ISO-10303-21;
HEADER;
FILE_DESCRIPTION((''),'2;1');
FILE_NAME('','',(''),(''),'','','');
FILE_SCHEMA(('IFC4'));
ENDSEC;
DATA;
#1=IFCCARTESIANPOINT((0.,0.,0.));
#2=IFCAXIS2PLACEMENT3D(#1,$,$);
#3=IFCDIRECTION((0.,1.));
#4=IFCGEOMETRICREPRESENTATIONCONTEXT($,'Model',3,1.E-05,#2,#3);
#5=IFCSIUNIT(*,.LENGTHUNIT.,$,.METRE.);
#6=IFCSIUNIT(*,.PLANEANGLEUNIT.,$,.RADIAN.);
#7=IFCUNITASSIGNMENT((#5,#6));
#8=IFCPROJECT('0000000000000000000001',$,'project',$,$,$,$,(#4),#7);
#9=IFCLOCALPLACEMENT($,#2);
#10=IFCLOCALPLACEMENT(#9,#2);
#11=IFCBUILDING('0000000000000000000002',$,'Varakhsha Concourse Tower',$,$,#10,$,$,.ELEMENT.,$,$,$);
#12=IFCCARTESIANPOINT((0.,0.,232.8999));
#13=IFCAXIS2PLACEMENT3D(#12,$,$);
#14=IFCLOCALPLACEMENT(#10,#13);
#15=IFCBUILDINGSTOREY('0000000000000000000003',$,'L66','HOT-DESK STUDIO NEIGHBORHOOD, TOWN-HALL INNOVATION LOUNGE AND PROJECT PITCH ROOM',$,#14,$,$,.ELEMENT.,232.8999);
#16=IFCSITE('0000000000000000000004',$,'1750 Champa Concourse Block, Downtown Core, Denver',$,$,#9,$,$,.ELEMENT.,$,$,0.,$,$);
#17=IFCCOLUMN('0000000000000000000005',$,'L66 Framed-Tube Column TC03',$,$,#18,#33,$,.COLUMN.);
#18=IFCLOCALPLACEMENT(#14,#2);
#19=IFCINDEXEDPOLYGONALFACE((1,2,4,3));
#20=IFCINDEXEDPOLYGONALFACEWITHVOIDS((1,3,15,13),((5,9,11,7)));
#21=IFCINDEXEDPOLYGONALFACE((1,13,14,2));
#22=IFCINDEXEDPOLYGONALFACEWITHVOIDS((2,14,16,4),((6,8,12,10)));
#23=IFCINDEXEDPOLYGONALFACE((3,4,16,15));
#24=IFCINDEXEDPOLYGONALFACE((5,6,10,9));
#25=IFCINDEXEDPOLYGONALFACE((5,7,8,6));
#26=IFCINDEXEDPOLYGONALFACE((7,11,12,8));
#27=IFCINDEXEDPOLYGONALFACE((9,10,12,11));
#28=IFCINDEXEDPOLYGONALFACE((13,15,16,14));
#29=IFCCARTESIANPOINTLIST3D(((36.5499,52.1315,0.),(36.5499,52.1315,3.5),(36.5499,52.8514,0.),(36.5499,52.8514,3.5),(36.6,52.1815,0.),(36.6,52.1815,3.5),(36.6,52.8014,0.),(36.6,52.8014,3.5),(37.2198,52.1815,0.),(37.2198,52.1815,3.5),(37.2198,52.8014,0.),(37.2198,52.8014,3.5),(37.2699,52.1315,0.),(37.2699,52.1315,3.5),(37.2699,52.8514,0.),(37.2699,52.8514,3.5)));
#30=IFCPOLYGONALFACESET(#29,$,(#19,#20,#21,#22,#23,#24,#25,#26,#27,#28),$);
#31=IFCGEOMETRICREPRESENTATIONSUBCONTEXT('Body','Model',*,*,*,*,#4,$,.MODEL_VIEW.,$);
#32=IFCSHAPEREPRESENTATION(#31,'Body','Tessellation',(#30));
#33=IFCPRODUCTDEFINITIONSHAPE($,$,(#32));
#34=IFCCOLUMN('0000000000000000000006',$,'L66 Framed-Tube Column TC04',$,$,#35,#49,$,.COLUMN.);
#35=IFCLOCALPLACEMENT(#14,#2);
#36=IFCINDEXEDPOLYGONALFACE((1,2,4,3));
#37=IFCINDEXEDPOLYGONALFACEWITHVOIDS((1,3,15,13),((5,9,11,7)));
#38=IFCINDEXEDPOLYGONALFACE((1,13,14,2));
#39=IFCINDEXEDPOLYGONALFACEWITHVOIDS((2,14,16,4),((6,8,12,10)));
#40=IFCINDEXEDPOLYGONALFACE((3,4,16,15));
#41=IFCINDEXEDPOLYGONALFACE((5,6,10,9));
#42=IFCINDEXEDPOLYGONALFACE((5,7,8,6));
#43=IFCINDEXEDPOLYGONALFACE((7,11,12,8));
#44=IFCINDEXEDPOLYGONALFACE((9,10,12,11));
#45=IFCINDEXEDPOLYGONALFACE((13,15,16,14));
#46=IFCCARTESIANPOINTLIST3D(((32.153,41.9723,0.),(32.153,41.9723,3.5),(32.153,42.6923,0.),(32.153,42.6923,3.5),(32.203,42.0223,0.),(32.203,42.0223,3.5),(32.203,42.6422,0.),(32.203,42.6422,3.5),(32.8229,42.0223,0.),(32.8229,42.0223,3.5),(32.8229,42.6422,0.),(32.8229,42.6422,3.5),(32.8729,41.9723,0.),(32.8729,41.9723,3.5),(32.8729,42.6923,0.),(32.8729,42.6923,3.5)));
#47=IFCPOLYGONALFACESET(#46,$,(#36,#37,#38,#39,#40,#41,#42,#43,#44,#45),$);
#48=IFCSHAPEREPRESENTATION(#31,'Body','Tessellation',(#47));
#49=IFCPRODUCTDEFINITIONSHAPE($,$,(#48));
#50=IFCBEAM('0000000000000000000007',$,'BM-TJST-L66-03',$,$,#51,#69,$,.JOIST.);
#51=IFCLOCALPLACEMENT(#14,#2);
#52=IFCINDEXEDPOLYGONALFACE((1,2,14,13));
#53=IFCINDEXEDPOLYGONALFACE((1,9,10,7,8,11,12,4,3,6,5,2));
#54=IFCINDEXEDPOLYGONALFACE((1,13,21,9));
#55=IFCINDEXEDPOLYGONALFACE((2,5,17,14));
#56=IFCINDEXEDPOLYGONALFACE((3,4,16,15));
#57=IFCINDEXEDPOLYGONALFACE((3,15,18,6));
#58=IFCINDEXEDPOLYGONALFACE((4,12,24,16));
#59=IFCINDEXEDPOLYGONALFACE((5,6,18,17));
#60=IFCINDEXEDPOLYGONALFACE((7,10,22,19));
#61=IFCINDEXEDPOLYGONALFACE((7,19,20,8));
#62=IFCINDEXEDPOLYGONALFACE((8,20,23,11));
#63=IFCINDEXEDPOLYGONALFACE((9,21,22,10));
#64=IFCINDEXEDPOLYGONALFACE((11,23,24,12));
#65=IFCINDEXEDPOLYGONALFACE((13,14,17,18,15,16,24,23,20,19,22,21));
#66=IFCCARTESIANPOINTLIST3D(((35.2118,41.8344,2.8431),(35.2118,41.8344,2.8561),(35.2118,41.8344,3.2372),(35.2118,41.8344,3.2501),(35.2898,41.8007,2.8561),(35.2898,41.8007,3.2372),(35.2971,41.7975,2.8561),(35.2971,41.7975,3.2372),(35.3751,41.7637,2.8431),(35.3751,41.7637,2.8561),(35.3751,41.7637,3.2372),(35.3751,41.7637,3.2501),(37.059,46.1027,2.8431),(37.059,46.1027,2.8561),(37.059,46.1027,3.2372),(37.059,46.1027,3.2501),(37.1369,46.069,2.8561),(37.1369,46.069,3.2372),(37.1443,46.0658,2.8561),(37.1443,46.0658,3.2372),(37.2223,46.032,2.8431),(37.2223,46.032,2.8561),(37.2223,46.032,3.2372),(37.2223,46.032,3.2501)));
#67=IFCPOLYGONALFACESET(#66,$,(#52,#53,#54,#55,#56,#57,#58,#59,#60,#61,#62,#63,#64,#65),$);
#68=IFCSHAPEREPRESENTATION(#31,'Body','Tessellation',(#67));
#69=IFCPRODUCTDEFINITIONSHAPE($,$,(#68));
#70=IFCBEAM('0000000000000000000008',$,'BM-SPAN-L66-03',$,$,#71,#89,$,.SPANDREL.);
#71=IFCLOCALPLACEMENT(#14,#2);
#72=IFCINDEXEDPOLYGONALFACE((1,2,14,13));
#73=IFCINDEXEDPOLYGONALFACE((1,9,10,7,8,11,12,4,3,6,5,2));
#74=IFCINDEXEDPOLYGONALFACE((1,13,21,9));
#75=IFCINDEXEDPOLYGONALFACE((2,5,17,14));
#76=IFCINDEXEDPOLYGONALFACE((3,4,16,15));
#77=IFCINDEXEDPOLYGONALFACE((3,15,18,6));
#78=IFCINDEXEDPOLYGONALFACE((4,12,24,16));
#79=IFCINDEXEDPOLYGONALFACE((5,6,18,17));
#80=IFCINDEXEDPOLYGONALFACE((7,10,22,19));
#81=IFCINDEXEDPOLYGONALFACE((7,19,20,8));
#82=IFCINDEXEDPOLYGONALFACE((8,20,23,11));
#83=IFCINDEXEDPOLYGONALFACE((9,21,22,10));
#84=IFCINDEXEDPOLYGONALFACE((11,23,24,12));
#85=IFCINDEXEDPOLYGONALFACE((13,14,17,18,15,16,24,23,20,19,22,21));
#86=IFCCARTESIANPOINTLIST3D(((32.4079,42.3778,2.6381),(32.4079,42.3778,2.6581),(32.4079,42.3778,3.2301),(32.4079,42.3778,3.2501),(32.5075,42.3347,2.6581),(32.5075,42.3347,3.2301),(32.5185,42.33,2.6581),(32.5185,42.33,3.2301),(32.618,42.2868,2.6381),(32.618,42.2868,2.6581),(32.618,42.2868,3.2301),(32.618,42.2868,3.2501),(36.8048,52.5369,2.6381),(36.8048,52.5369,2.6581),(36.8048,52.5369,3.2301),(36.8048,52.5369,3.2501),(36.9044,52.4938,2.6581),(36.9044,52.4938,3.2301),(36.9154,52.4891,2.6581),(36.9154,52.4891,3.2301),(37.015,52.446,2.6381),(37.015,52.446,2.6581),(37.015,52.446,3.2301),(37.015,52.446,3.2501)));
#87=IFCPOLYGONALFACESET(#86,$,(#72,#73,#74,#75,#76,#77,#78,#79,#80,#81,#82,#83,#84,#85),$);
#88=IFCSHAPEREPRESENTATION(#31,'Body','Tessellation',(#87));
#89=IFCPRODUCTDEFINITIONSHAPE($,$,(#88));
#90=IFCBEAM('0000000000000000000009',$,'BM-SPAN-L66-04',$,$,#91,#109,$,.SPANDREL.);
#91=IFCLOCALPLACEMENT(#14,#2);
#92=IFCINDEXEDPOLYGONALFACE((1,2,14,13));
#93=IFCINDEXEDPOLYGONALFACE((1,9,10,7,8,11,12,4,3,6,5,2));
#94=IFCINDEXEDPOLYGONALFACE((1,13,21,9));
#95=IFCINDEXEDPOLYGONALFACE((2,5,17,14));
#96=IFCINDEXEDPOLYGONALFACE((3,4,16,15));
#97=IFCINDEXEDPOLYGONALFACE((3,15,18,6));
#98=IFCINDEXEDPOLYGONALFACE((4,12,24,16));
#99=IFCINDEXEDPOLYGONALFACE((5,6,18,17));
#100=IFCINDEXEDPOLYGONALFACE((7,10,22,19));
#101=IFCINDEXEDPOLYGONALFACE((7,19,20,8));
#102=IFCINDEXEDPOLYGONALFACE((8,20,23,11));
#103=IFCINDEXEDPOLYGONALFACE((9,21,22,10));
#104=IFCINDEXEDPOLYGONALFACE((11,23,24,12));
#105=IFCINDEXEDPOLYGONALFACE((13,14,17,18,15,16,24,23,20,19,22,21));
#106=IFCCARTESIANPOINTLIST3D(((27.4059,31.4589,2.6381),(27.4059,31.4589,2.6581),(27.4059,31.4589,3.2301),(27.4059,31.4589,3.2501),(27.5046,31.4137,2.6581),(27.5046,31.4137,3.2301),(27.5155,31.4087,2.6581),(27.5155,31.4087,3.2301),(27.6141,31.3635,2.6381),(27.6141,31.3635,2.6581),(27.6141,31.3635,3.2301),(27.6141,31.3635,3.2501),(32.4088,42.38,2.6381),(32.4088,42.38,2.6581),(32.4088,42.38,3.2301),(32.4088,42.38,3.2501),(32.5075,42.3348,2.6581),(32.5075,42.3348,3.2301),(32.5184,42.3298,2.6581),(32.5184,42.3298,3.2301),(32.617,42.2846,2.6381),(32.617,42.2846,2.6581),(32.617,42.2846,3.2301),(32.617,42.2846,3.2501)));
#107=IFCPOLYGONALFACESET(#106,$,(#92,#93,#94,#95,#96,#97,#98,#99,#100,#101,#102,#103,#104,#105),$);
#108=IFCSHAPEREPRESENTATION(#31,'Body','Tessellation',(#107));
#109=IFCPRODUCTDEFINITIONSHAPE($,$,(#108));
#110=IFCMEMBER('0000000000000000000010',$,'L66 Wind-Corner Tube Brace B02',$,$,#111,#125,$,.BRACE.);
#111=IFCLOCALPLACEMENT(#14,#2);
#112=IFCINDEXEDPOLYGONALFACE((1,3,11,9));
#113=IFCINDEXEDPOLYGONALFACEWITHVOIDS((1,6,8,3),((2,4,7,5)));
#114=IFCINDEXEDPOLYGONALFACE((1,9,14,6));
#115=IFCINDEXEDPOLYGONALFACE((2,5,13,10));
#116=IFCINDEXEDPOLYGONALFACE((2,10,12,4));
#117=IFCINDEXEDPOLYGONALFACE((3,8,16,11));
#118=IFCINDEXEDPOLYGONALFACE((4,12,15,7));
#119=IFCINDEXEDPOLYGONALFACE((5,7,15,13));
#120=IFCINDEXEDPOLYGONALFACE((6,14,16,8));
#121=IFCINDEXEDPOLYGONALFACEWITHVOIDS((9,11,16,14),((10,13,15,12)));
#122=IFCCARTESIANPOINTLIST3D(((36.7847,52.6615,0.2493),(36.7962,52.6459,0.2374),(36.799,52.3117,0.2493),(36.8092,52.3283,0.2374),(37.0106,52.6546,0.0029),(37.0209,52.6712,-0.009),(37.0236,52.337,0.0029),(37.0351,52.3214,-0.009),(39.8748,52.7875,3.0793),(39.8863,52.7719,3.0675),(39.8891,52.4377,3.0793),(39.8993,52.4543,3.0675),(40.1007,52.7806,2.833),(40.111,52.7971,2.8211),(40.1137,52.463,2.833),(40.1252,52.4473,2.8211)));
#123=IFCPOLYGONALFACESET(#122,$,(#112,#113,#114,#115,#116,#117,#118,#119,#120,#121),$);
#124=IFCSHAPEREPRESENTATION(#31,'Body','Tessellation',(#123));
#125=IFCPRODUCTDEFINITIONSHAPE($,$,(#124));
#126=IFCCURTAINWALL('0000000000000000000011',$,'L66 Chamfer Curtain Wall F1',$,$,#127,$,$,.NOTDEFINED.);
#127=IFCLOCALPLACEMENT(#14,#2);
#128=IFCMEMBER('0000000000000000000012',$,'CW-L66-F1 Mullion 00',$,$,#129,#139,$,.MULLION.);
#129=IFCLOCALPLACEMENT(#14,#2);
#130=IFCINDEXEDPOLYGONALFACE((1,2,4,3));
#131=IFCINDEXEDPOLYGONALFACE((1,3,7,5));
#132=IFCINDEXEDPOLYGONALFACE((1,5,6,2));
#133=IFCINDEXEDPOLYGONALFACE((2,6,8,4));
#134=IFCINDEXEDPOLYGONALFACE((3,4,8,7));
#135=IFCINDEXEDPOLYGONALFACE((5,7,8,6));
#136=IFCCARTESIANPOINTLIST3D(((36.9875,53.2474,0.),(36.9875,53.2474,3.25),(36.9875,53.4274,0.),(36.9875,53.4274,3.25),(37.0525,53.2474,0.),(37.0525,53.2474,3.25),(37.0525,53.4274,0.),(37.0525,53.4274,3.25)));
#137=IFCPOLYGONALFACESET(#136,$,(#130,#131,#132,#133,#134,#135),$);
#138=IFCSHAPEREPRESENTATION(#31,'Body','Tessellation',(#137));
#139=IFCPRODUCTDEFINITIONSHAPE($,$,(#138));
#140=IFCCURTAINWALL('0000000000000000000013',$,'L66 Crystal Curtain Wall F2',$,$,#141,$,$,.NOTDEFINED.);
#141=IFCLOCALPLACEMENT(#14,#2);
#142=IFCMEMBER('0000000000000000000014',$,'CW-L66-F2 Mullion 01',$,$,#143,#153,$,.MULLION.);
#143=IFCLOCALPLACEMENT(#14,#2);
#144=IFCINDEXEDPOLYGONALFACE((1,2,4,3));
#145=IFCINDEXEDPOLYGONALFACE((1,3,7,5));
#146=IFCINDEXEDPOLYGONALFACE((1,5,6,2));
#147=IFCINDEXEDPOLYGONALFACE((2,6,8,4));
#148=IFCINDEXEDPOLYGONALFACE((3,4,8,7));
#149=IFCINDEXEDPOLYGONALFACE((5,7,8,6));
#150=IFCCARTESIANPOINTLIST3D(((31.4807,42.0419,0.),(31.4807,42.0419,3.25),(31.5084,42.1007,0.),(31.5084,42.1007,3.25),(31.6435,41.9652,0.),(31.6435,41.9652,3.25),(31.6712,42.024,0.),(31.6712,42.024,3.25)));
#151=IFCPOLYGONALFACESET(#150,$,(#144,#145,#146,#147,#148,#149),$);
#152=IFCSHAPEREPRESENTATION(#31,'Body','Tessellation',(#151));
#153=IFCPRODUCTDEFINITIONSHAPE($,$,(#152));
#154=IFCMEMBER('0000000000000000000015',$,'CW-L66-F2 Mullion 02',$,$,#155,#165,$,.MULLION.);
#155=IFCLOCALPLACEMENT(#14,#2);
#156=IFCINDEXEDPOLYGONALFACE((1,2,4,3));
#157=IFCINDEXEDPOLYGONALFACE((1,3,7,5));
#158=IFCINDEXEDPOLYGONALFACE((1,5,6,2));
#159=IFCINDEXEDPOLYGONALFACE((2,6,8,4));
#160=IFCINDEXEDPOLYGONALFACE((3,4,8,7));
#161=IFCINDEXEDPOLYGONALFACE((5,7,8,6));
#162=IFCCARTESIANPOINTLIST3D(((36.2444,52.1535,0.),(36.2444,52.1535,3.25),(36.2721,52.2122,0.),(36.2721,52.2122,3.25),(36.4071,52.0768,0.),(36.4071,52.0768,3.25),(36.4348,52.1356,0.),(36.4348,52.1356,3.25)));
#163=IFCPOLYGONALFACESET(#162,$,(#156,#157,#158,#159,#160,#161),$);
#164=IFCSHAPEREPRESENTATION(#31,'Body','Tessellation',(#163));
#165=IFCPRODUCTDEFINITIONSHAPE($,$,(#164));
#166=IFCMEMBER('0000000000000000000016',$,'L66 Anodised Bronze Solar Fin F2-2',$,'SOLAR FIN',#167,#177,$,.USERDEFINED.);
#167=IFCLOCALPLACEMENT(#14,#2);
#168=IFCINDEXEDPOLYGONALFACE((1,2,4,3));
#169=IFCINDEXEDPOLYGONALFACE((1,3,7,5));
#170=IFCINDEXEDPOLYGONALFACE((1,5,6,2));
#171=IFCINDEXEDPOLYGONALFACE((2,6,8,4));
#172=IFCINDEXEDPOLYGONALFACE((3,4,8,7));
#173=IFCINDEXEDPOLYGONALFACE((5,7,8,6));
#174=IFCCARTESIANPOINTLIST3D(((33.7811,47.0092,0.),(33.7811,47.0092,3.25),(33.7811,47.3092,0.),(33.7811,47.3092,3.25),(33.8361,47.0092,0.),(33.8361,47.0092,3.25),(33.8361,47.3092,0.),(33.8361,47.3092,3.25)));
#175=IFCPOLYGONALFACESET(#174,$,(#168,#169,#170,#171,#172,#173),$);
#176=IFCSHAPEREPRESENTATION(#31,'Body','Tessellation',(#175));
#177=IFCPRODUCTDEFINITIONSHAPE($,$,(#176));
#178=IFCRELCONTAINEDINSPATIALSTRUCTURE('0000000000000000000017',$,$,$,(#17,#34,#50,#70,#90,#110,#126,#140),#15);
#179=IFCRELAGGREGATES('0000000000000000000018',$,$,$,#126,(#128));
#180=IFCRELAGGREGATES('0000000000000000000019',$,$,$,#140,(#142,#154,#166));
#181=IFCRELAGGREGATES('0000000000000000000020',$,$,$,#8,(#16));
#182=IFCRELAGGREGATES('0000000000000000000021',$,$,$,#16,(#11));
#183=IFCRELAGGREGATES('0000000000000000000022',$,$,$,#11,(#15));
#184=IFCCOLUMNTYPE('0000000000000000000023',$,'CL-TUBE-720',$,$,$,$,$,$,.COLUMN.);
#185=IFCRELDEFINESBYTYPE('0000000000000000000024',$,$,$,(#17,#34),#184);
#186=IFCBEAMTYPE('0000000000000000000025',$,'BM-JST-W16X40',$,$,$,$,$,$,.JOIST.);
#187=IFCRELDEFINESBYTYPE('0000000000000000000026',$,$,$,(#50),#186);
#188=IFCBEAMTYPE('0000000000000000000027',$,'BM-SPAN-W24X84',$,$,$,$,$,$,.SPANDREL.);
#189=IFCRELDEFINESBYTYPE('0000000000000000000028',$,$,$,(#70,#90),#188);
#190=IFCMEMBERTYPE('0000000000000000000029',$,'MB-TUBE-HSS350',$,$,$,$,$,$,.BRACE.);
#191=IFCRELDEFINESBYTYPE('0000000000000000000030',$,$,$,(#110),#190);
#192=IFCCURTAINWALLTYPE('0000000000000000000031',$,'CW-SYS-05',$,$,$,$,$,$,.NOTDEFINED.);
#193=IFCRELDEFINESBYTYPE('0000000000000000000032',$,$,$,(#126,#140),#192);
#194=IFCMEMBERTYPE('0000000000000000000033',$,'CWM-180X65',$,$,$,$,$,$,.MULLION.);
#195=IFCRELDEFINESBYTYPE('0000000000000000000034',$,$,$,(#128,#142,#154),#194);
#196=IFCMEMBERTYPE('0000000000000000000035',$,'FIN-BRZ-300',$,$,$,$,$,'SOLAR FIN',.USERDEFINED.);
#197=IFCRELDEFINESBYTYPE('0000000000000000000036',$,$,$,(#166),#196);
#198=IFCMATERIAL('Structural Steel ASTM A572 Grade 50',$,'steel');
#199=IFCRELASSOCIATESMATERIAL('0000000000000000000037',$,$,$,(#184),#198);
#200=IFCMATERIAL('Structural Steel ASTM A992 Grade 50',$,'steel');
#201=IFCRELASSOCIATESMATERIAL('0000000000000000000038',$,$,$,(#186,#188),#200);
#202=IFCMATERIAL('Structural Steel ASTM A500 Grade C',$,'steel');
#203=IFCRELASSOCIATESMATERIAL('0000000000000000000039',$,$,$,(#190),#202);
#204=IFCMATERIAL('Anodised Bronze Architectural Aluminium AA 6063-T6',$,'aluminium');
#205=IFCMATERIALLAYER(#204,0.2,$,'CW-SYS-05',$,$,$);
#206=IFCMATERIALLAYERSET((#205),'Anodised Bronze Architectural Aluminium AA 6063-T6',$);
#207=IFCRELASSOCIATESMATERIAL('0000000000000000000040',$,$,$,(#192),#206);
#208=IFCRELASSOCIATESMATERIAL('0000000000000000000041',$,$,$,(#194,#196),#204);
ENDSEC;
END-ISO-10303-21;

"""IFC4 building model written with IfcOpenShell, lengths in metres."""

from ifc_helpers import new_model, si_unit, direction, frame, origin, origin_2d, place, context, subcontext, project, spatial, rectangle, hollow_rectangle, i_section, extrude, source, transform, mapped, material, layer, layer_set, material_profile, profile_set, type_object, type_shapes, element, aggregate, save


model = new_model("IFC4")

# Units and contexts
model_context = context("Model", 3, precision=1e-05, world=origin(), true_north=direction((0.0, 1.0)))
body_context = subcontext(model_context, "Body", "Model", "MODEL_VIEW")
ifc_project = project(units=[si_unit("LENGTHUNIT", "METRE"), si_unit("PLANEANGLEUNIT", "RADIAN")], contexts=[model_context])

# Site, building, storey
site_placement = place(None, origin())
site = spatial("IfcSite", under=ifc_project, at=site_placement, Name="1750 Champa Concourse Block, Downtown Core, Denver", CompositionType="ELEMENT", RefElevation=0.0)
building_placement = place(site_placement, origin())
building = spatial("IfcBuilding", under=site, at=building_placement, Name="Varakhsha Concourse Tower", CompositionType="ELEMENT")
storey_placement = place(building_placement, frame((0.0, 0.0, 232.8999)))
storey = spatial("IfcBuildingStorey", under=building, at=storey_placement, Name="L66", Description="HOT-DESK STUDIO NEIGHBORHOOD, TOWN-HALL INNOVATION LOUNGE AND PROJECT PITCH ROOM", CompositionType="ELEMENT", Elevation=232.8999)

# Columns
ifc_material_1 = material(Name="Structural Steel ASTM A572 Grade 50", Category="steel")
ifc_material_profile_1 = material_profile(ifc_material_1, hollow_rectangle(XDim=0.72, YDim=0.72, WallThickness=0.05, at=origin_2d()), Name="BOX 720x720x50")
ifc_profile_set_1 = profile_set([ifc_material_profile_1], Name="Structural Steel ASTM A572 Grade 50")
column_type = type_object("IfcColumnType", Name="CL-TUBE-720", PredefinedType="COLUMN", material=ifc_profile_set_1)
for number, where, z_axis, x_axis, name in (
    (1, (36.9099, 52.4915, 0.0), (0.0, 0.0, 1.0), (1.0, 0.0, 0.0), "L66 Framed-Tube Column TC03"),
    (2, (32.5129, 42.3323, 0.0), (0.0, 0.0, 1.0), (1.0, 0.0, 0.0), "L66 Framed-Tube Column TC04"),
):
    element("IfcColumn", number, at=place(storey_placement, frame(where, z_axis=z_axis, x_axis=x_axis)), inside=storey, type_object=column_type, Name=name, PredefinedType="COLUMN", context=body_context, shape_type="SweptSolid", body=[
        extrude(hollow_rectangle(XDim=0.72, YDim=0.72, WallThickness=0.05, at=origin_2d()), origin(), (0.0, 0.0, 1.0), 3.5),
    ])

# Beams
ifc_material_2 = material(Name="Structural Steel ASTM A992 Grade 50", Category="steel")
ifc_material_profile_2 = material_profile(ifc_material_2, i_section(OverallWidth=0.178, OverallDepth=0.407, WebThickness=0.0081, FlangeThickness=0.0129, at=origin_2d()), Name="W16X40")
ifc_profile_set_2 = profile_set([ifc_material_profile_2], Name="Structural Steel ASTM A992 Grade 50")
beam_type_1 = type_object("IfcBeamType", Name="BM-JST-W16X40", PredefinedType="JOIST", material=ifc_profile_set_2)
beam_1_placement = place(storey_placement, frame((37.1406, 46.0674, 3.0466), z_axis=(-0.397167, -0.917746, 0.0), x_axis=(0.917746, -0.397167, 0.0)))
element("IfcBeam", 3, at=beam_1_placement, inside=storey, type_object=beam_type_1, Name="BM-TJST-L66-03", PredefinedType="JOIST", context=body_context, shape_type="SweptSolid", body=[
    extrude(i_section(OverallWidth=0.178, OverallDepth=0.407, WebThickness=0.0081, FlangeThickness=0.0129, at=origin_2d()), origin(), (0.0, 0.0, 1.0), 4.6509),
])
ifc_material_profile_3 = material_profile(ifc_material_2, i_section(OverallWidth=0.229, OverallDepth=0.6121, WebThickness=0.012, FlangeThickness=0.02, at=origin_2d()), Name="W24X84")
ifc_profile_set_3 = profile_set([ifc_material_profile_3], Name="Structural Steel ASTM A992 Grade 50")
beam_type_2 = type_object("IfcBeamType", Name="BM-SPAN-W24X84", PredefinedType="SPANDREL", material=ifc_profile_set_3)
beam_2_placement = place(storey_placement, frame((36.9099, 52.4915, 2.9441), z_axis=(-0.397201, -0.917731, 0.0), x_axis=(0.917731, -0.397201, 0.0)))
element("IfcBeam", 4, at=beam_2_placement, inside=storey, type_object=beam_type_2, Name="BM-SPAN-L66-03", PredefinedType="SPANDREL", context=body_context, shape_type="SweptSolid", body=[
    extrude(i_section(OverallWidth=0.229, OverallDepth=0.6121, WebThickness=0.012, FlangeThickness=0.02, at=origin_2d()), origin(), (0.0, 0.0, 1.0), 11.0698),
])
beam_3_placement = place(storey_placement, frame((32.5129, 42.3323, 2.9441), z_axis=(-0.416476, -0.909147, 0.0), x_axis=(0.909147, -0.416476, 0.0)))
element("IfcBeam", 5, at=beam_3_placement, inside=storey, type_object=beam_type_2, Name="BM-SPAN-L66-04", PredefinedType="SPANDREL", context=body_context, shape_type="SweptSolid", body=[
    extrude(i_section(OverallWidth=0.229, OverallDepth=0.6121, WebThickness=0.012, FlangeThickness=0.02, at=origin_2d()), origin(), (0.0, 0.0, 1.0), 12.0125),
])

# Member
ifc_material_3 = material(Name="Structural Steel ASTM A500 Grade C", Category="steel")
ifc_material_profile_4 = material_profile(ifc_material_3, hollow_rectangle(XDim=0.3501, YDim=0.3501, WallThickness=0.0161, at=origin_2d()), Name="HSS 350x350x16")
ifc_profile_set_4 = profile_set([ifc_material_profile_4], Name="Structural Steel ASTM A500 Grade C")
member_type_1 = type_object("IfcMemberType", Name="MB-TUBE-HSS350", PredefinedType="BRACE", material=ifc_profile_set_4)
shared_shape_1 = source(origin(), body_context, "Body", "SweptSolid", [
    extrude(hollow_rectangle(XDim=0.3501, YDim=0.3501, WallThickness=0.0161, at=origin_2d()), origin(), (0.0, 0.0, 1.0), 4.1921),
])
type_shapes(member_type_1, [shared_shape_1])
member_1_placement = place(storey_placement, frame((36.9099, 52.4915, 0.1201), z_axis=(0.737118, 0.030051, 0.675095), x_axis=(-0.040734, 0.99917, 0.0)))
element("IfcMember", 6, at=member_1_placement, inside=storey, type_object=member_type_1, Name="L66 Wind-Corner Tube Brace B02", PredefinedType="BRACE", context=body_context, shape_type="MappedRepresentation", body=[
    mapped(shared_shape_1, transform((0.0, 0.0, 0.0), scale=1.0)),
])

# Curtain wall, member
ifc_material_4 = material(Name="Anodised Bronze Architectural Aluminium AA 6063-T6", Category="aluminium")
ifc_layer_1 = layer(ifc_material_4, 0.2, Name="CW-SYS-05")
ifc_layer_set_1 = layer_set([ifc_layer_1], Name="Anodised Bronze Architectural Aluminium AA 6063-T6")
curtain_wall_type = type_object("IfcCurtainWallType", Name="CW-SYS-05", PredefinedType="NOTDEFINED", material=ifc_layer_set_1)
curtain_wall_1_placement = place(storey_placement, origin())
curtain_wall_1 = element("IfcCurtainWall", 7, at=curtain_wall_1_placement, inside=storey, type_object=curtain_wall_type, Name="L66 Chamfer Curtain Wall F1", PredefinedType="NOTDEFINED")
ifc_material_profile_5 = material_profile(ifc_material_4, rectangle(XDim=0.0649, YDim=0.1799, at=origin_2d()), Name="CWM-180X65")
ifc_profile_set_5 = profile_set([ifc_material_profile_5], Name="Anodised Bronze Architectural Aluminium AA 6063-T6")
member_type_2 = type_object("IfcMemberType", Name="CWM-180X65", PredefinedType="MULLION", material=ifc_profile_set_5)
shared_shape_2 = source(origin(), body_context, "Body", "SweptSolid", [
    extrude(rectangle(XDim=0.0649, YDim=0.1799, at=origin_2d()), origin(), (0.0, 0.0, 1.0), 3.25),
])
type_shapes(member_type_2, [shared_shape_2])
member_2_placement = place(storey_placement, frame((37.02, 53.3374, 0.0), z_axis=(0.0, 0.0, 1.0), x_axis=(1.0, 0.0, 0.0)))
member_2 = element("IfcMember", 8, at=member_2_placement, type_object=member_type_2, Name="CW-L66-F1 Mullion 00", PredefinedType="MULLION", context=body_context, shape_type="MappedRepresentation", body=[
    mapped(shared_shape_2, transform((0.0, 0.0, 0.0), scale=1.0)),
])

# Curtain wall, members
curtain_wall_2_placement = place(storey_placement, origin())
curtain_wall_2 = element("IfcCurtainWall", 9, at=curtain_wall_2_placement, inside=storey, type_object=curtain_wall_type, Name="L66 Crystal Curtain Wall F2", PredefinedType="NOTDEFINED")
member_3_placement = place(storey_placement, frame((31.5759, 42.033, 0.0), z_axis=(0.0, 0.0, 1.0), x_axis=(0.426172, 0.904642, 0.0)))
member_3 = element("IfcMember", 10, at=member_3_placement, type_object=member_type_2, Name="CW-L66-F2 Mullion 01", PredefinedType="MULLION", context=body_context, shape_type="MappedRepresentation", body=[
    mapped(shared_shape_2, transform((0.0, 0.0, 0.0), scale=1.0)),
])
member_4_placement = place(storey_placement, frame((36.3396, 52.1445, 0.0), z_axis=(0.0, 0.0, 1.0), x_axis=(0.426172, 0.904642, 0.0)))
member_4 = element("IfcMember", 11, at=member_4_placement, type_object=member_type_2, Name="CW-L66-F2 Mullion 02", PredefinedType="MULLION", context=body_context, shape_type="MappedRepresentation", body=[
    mapped(shared_shape_2, transform((0.0, 0.0, 0.0), scale=1.0)),
])
ifc_material_profile_6 = material_profile(ifc_material_4, rectangle(XDim=0.0549, YDim=0.3, at=origin_2d()), Name="FIN-BRZ-300")
ifc_profile_set_6 = profile_set([ifc_material_profile_6], Name="Anodised Bronze Architectural Aluminium AA 6063-T6")
member_type_3 = type_object("IfcMemberType", Name="FIN-BRZ-300", ElementType="SOLAR FIN", PredefinedType="USERDEFINED", material=ifc_profile_set_6)
shared_shape_3 = source(origin(), body_context, "Body", "SweptSolid", [
    extrude(rectangle(XDim=0.0549, YDim=0.3, at=origin_2d()), origin(), (0.0, 0.0, 1.0), 3.25),
])
type_shapes(member_type_3, [shared_shape_3])
member_5_placement = place(storey_placement, frame((33.8086, 47.1592, 0.0), z_axis=(0.0, 0.0, 1.0), x_axis=(1.0, 0.0, 0.0)))
member_5 = element("IfcMember", 12, at=member_5_placement, type_object=member_type_3, Name="L66 Anodised Bronze Solar Fin F2-2", ObjectType="SOLAR FIN", PredefinedType="USERDEFINED", context=body_context, shape_type="MappedRepresentation", body=[
    mapped(shared_shape_3, transform((0.0, 0.0, 0.0), scale=1.0)),
])

aggregate(curtain_wall_1, [member_2])

aggregate(curtain_wall_2, [member_3, member_4, member_5])

save(model, "model.ifc")
